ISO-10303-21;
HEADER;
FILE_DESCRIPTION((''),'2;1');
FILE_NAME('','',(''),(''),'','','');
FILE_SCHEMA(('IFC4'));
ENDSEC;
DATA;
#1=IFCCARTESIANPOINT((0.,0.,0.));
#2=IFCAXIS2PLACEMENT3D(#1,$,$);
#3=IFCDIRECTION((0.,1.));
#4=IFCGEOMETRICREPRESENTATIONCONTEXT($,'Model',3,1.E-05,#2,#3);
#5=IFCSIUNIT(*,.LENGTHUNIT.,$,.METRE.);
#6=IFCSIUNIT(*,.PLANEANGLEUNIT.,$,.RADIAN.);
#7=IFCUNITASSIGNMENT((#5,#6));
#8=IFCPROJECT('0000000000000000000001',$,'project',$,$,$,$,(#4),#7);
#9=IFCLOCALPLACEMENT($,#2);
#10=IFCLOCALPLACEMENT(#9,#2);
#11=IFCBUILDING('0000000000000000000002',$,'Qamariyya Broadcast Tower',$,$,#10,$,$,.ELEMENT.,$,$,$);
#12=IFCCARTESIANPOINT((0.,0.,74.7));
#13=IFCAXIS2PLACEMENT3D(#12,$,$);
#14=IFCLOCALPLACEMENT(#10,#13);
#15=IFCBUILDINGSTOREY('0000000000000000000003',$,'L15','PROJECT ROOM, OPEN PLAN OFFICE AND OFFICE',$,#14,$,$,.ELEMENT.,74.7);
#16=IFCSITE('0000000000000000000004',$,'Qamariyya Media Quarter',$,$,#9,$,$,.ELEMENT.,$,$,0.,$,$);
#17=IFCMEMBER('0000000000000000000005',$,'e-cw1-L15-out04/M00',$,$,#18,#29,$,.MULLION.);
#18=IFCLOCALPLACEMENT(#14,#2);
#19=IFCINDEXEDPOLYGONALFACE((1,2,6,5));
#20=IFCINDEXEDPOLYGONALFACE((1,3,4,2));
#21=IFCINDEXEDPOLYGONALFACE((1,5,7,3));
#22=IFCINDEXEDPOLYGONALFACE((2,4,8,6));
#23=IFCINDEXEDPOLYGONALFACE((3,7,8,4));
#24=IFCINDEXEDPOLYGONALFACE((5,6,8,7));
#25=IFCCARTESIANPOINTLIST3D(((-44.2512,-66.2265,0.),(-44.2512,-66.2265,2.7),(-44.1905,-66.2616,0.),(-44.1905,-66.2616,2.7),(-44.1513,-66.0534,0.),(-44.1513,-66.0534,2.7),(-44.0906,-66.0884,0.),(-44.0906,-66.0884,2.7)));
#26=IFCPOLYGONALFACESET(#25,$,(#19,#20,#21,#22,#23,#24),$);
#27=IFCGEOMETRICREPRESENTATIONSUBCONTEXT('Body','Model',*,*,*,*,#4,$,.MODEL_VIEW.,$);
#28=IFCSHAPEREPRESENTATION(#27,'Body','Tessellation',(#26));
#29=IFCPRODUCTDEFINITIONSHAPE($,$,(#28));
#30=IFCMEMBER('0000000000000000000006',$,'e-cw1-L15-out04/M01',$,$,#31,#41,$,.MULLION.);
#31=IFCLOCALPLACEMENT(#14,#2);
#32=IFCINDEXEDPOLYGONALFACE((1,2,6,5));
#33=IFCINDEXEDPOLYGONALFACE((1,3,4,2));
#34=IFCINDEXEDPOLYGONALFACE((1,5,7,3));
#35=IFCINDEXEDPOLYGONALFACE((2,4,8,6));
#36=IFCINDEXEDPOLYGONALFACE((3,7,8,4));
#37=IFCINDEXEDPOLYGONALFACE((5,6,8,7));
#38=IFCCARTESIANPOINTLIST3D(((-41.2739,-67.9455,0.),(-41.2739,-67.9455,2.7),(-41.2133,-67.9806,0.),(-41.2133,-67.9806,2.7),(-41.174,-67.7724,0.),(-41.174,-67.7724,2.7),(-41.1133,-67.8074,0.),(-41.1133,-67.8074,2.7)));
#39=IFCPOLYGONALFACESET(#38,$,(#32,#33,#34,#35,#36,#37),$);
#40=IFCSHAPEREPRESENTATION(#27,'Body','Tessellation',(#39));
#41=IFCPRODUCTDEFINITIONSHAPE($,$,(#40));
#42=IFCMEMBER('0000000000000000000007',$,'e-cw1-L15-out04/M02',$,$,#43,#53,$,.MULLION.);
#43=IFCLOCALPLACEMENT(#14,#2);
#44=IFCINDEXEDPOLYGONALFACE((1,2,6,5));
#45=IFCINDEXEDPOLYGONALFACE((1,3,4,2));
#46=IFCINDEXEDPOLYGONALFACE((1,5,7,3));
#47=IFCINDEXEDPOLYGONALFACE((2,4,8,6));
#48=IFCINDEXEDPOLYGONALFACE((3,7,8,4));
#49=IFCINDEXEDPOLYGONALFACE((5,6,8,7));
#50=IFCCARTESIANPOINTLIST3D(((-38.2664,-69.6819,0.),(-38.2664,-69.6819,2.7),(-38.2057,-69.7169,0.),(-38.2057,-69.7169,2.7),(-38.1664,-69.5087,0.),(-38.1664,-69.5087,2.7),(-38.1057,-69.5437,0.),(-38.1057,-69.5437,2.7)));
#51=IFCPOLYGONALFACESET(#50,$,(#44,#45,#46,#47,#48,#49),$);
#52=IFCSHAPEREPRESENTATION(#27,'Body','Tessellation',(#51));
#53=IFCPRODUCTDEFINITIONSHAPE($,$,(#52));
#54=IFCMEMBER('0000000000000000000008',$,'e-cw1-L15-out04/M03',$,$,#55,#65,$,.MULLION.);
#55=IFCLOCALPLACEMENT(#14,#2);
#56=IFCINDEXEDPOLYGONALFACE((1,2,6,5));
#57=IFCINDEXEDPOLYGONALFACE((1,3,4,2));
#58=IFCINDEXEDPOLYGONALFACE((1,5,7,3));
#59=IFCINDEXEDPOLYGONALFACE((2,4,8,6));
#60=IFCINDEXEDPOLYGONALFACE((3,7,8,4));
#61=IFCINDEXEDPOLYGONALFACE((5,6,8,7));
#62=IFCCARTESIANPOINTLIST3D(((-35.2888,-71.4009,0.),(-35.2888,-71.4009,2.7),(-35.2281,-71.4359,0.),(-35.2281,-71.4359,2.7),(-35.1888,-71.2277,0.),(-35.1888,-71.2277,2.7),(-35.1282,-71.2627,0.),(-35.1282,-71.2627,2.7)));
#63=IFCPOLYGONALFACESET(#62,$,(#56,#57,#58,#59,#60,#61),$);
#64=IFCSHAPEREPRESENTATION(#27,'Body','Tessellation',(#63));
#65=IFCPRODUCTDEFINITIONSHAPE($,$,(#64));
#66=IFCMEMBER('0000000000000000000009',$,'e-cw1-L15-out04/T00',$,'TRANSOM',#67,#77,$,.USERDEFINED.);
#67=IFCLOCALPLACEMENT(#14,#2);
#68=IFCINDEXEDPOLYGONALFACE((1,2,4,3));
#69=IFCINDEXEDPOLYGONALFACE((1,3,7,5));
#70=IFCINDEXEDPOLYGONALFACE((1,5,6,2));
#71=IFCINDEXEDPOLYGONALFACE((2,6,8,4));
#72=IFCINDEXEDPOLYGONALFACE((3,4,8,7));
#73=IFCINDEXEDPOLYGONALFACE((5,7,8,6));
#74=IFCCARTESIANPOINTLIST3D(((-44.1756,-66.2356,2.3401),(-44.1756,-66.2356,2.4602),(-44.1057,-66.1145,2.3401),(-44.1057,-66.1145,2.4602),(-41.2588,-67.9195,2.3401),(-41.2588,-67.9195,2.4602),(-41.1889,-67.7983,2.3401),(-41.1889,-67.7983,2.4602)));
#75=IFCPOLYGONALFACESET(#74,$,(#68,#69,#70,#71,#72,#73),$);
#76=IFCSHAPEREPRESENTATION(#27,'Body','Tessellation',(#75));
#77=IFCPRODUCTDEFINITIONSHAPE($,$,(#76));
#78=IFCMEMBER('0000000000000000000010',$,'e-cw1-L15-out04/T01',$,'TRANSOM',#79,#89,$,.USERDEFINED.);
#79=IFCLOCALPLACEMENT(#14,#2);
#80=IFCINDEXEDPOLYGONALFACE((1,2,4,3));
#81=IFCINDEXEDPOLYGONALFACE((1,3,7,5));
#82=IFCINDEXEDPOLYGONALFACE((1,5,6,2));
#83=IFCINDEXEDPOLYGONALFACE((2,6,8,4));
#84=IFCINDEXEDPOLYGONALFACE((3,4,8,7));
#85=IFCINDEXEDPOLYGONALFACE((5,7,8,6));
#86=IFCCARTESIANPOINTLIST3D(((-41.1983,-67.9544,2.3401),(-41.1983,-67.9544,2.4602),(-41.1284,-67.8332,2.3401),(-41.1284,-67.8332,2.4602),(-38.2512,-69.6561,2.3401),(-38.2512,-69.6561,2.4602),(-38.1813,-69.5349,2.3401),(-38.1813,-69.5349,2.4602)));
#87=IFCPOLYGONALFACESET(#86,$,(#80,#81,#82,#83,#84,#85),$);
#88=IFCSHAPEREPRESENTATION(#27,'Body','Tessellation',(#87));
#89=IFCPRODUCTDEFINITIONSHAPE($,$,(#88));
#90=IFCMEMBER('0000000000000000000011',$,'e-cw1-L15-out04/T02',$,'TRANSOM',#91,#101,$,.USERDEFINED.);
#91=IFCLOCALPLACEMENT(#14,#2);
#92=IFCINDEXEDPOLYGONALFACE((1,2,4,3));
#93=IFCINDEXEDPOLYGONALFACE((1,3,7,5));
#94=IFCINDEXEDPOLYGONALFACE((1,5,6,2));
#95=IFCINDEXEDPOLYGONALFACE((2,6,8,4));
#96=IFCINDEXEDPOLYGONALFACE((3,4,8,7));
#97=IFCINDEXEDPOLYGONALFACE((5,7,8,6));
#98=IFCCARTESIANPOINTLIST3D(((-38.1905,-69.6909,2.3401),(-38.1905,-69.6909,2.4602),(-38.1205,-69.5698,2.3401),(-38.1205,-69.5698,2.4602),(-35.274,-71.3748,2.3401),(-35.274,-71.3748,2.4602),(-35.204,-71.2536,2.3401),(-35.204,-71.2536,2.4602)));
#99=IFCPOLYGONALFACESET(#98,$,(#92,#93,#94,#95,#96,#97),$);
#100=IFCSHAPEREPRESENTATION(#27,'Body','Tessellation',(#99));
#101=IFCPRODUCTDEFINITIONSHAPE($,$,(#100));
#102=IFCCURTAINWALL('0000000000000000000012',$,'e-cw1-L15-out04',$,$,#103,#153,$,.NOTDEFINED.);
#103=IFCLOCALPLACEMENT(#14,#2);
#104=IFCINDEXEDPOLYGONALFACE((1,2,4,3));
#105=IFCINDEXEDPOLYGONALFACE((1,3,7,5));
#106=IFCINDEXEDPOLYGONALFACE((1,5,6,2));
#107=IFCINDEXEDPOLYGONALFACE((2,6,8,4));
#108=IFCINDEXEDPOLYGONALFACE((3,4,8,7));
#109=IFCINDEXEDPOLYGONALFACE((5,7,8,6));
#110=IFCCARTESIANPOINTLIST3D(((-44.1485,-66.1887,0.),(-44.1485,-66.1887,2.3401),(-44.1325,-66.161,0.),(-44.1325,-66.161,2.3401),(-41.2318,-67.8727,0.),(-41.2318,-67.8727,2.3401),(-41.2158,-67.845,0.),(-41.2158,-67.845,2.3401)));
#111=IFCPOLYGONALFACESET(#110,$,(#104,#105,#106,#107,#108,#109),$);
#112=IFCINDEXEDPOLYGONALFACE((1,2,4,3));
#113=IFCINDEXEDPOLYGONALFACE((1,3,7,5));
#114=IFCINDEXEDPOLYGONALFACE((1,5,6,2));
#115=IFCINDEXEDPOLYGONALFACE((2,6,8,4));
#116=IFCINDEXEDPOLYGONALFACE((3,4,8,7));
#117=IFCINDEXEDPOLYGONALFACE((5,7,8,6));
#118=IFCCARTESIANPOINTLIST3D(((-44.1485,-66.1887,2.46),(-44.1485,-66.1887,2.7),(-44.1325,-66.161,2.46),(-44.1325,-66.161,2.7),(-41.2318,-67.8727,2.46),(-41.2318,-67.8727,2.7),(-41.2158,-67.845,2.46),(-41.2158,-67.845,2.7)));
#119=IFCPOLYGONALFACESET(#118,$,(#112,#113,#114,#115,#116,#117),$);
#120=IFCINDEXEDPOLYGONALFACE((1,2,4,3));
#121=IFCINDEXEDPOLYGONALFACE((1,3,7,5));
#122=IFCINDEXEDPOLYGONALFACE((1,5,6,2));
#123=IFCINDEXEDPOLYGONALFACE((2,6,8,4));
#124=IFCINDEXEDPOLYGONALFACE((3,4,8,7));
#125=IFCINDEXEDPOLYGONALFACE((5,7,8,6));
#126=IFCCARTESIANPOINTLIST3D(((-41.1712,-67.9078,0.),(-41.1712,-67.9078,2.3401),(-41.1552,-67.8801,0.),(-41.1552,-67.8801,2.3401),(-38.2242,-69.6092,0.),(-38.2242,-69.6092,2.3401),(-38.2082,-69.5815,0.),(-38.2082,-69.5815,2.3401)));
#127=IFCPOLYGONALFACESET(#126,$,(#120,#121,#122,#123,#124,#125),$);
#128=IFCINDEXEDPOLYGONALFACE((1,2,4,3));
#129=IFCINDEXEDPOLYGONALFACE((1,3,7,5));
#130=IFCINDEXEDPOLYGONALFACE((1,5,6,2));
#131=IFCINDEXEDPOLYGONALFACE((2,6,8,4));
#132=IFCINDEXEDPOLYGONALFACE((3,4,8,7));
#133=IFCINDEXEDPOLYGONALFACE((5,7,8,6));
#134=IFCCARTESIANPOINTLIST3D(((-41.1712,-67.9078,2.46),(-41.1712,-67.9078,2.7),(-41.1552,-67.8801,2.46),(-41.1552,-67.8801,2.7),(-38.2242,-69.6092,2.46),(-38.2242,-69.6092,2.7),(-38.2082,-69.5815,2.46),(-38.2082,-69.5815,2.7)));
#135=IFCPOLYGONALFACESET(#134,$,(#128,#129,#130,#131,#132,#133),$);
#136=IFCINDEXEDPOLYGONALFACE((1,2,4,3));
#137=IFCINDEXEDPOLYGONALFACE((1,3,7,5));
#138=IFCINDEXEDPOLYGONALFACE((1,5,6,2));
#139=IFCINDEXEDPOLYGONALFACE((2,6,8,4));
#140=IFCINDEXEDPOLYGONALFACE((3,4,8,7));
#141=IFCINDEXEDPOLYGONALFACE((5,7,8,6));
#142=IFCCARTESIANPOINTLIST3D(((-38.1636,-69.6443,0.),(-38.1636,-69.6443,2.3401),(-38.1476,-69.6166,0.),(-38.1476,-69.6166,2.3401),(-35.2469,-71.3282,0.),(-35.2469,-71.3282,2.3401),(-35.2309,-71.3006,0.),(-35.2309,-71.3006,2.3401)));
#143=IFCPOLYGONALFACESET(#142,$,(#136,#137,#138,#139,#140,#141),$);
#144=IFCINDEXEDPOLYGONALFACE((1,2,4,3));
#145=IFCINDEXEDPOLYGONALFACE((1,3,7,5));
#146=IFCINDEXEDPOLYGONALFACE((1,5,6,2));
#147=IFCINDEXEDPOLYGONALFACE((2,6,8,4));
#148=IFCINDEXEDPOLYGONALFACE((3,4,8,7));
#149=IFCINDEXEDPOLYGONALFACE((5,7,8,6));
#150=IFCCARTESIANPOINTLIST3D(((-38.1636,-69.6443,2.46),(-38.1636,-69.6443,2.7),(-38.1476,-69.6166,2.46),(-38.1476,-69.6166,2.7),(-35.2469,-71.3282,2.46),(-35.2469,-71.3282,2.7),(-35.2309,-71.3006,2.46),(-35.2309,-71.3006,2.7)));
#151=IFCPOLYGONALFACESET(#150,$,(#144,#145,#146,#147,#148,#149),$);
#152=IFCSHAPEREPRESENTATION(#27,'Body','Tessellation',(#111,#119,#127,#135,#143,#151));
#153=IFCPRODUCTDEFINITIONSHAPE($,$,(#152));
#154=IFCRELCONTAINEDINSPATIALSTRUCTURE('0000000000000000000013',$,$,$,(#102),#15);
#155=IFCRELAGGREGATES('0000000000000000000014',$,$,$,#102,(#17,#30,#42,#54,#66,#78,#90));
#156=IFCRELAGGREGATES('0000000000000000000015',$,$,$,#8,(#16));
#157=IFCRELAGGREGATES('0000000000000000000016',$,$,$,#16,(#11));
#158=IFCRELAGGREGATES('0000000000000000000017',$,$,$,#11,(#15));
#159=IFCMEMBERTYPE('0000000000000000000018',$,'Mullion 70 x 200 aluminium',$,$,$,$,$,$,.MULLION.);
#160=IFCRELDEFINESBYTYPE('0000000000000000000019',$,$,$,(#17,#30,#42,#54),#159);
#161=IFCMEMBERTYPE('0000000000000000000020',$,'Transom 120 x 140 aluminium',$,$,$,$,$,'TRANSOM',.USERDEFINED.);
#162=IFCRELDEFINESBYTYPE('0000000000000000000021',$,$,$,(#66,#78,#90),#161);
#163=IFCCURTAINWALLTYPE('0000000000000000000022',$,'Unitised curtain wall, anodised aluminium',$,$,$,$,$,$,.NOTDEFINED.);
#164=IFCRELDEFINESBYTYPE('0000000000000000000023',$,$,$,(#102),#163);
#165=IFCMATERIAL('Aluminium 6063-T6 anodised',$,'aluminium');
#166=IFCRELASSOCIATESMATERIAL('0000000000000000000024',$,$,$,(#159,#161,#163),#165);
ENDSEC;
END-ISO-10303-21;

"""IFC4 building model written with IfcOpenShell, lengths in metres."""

from ifc_helpers import new_model, si_unit, direction, frame, origin, origin_2d, place, context, subcontext, project, spatial, rectangle, extrude, material, material_profile, profile_set, type_object, element, aggregate, save


model = new_model("IFC4")

# Units and contexts
model_context = context("Model", 3, precision=1e-05, world=origin(), true_north=direction((0.0, 1.0)))
body_context = subcontext(model_context, "Body", "Model", "MODEL_VIEW")
ifc_project = project(units=[si_unit("LENGTHUNIT", "METRE"), si_unit("PLANEANGLEUNIT", "RADIAN")], contexts=[model_context])

# Members
ifc_material = material(Name="Aluminium 6063-T6 anodised", Category="aluminium")
ifc_material_profile_1 = material_profile(ifc_material, rectangle(XDim=0.2, YDim=0.0701, at=origin_2d()))
ifc_profile_set_1 = profile_set([ifc_material_profile_1], Name="Aluminium 6063-T6 anodised")
member_type_1 = type_object("IfcMemberType", Name="Mullion 70 x 200 aluminium", PredefinedType="MULLION", material=ifc_profile_set_1)
site_placement = place(None, origin())
building_placement = place(site_placement, origin())
storey_placement = place(building_placement, frame((0.0, 0.0, 74.7)))
member_1_placement = place(storey_placement, frame((-44.1709, -66.1575, 0.0), z_axis=(0.0, 0.0, 1.0), x_axis=(0.5, 0.866025, 0.0)))
member_1 = element("IfcMember", 1, at=member_1_placement, type_object=member_type_1, Name="e-cw1-L15-out04/M00", PredefinedType="MULLION", context=body_context, shape_type="SweptSolid", body=[
    extrude(rectangle(XDim=0.2, YDim=0.0701, at=origin_2d()), origin(), (0.0, 0.0, 1.0), 2.7),
])
member_2_placement = place(storey_placement, frame((-41.1936, -67.8765, 0.0), z_axis=(0.0, 0.0, 1.0), x_axis=(0.5, 0.866025, 0.0)))
member_2 = element("IfcMember", 2, at=member_2_placement, type_object=member_type_1, Name="e-cw1-L15-out04/M01", PredefinedType="MULLION", context=body_context, shape_type="SweptSolid", body=[
    extrude(rectangle(XDim=0.2, YDim=0.0701, at=origin_2d()), origin(), (0.0, 0.0, 1.0), 2.7),
])
member_3_placement = place(storey_placement, frame((-38.186, -69.6128, 0.0), z_axis=(0.0, 0.0, 1.0), x_axis=(0.5, 0.866025, 0.0)))
member_3 = element("IfcMember", 3, at=member_3_placement, type_object=member_type_1, Name="e-cw1-L15-out04/M02", PredefinedType="MULLION", context=body_context, shape_type="SweptSolid", body=[
    extrude(rectangle(XDim=0.2, YDim=0.0701, at=origin_2d()), origin(), (0.0, 0.0, 1.0), 2.7),
])
member_4_placement = place(storey_placement, frame((-35.2085, -71.3318, 0.0), z_axis=(0.0, 0.0, 1.0), x_axis=(0.5, 0.866025, 0.0)))
member_4 = element("IfcMember", 4, at=member_4_placement, type_object=member_type_1, Name="e-cw1-L15-out04/M03", PredefinedType="MULLION", context=body_context, shape_type="SweptSolid", body=[
    extrude(rectangle(XDim=0.2, YDim=0.0701, at=origin_2d()), origin(), (0.0, 0.0, 1.0), 2.7),
])
ifc_material_profile_2 = material_profile(ifc_material, rectangle(XDim=0.1399, YDim=0.1201, at=origin_2d()))
ifc_profile_set_2 = profile_set([ifc_material_profile_2], Name="Aluminium 6063-T6 anodised")
member_type_2 = type_object("IfcMemberType", Name="Transom 120 x 140 aluminium", ElementType="TRANSOM", PredefinedType="USERDEFINED", material=ifc_profile_set_2)
member_5_placement = place(storey_placement, frame((-44.1406, -66.175, 2.4001), z_axis=(0.866044, -0.499967, 0.0), x_axis=(0.499967, 0.866044, 0.0)))
member_5 = element("IfcMember", 5, at=member_5_placement, type_object=member_type_2, Name="e-cw1-L15-out04/T00", ObjectType="TRANSOM", PredefinedType="USERDEFINED", context=body_context, shape_type="SweptSolid", body=[
    extrude(rectangle(XDim=0.1399, YDim=0.1201, at=origin_2d()), origin(), (0.0, 0.0, 1.0), 3.3679),
])
member_6_placement = place(storey_placement, frame((-41.1633, -67.8938, 2.4001), z_axis=(0.866, -0.500043, 0.0), x_axis=(0.500043, 0.866, 0.0)))
member_6 = element("IfcMember", 6, at=member_6_placement, type_object=member_type_2, Name="e-cw1-L15-out04/T01", ObjectType="TRANSOM", PredefinedType="USERDEFINED", context=body_context, shape_type="SweptSolid", body=[
    extrude(rectangle(XDim=0.1399, YDim=0.1201, at=origin_2d()), origin(), (0.0, 0.0, 1.0), 3.4031),
])
member_7_placement = place(storey_placement, frame((-38.1555, -69.6304, 2.4001), z_axis=(0.866026, -0.499999, 0.0), x_axis=(0.499999, 0.866026, 0.0)))
member_7 = element("IfcMember", 7, at=member_7_placement, type_object=member_type_2, Name="e-cw1-L15-out04/T02", ObjectType="TRANSOM", PredefinedType="USERDEFINED", context=body_context, shape_type="SweptSolid", body=[
    extrude(rectangle(XDim=0.1399, YDim=0.1201, at=origin_2d()), origin(), (0.0, 0.0, 1.0), 3.3677),
])

# Site, building, storey
site = spatial("IfcSite", under=ifc_project, at=site_placement, Name="Qamariyya Media Quarter", CompositionType="ELEMENT", RefElevation=0.0)
building = spatial("IfcBuilding", under=site, at=building_placement, Name="Qamariyya Broadcast Tower", CompositionType="ELEMENT")
storey = spatial("IfcBuildingStorey", under=building, at=storey_placement, Name="L15", Description="PROJECT ROOM, OPEN PLAN OFFICE AND OFFICE", CompositionType="ELEMENT", Elevation=74.7)

# Curtain wall
curtain_wall_type = type_object("IfcCurtainWallType", Name="Unitised curtain wall, anodised aluminium", PredefinedType="NOTDEFINED", material=ifc_material)
curtain_wall_1_placement = place(storey_placement, origin())
curtain_wall_1 = element("IfcCurtainWall", 8, at=curtain_wall_1_placement, inside=storey, type_object=curtain_wall_type, Name="e-cw1-L15-out04", PredefinedType="NOTDEFINED", context=body_context, shape_type="SweptSolid", body=[
    extrude(rectangle(XDim=3.3679, YDim=0.032, at=origin_2d()), frame((-42.6821, -67.0168, 0.0), x_axis=(0.866022, -0.500005, 0.0)), (0.0, 0.0, 1.0), 2.3401),
    extrude(rectangle(XDim=3.3679, YDim=0.032, at=origin_2d()), frame((-42.6821, -67.0168, 2.46), x_axis=(0.866022, -0.500005, 0.0)), (0.0, 0.0, 1.0), 0.24),
    extrude(rectangle(XDim=3.4028, YDim=0.032, at=origin_2d()), frame((-39.6897, -68.7446, 0.0), x_axis=(0.866022, -0.500005, 0.0)), (0.0, 0.0, 1.0), 2.3401),
    extrude(rectangle(XDim=3.4028, YDim=0.032, at=origin_2d()), frame((-39.6897, -68.7446, 2.46), x_axis=(0.866022, -0.500005, 0.0)), (0.0, 0.0, 1.0), 0.24),
    extrude(rectangle(XDim=3.3679, YDim=0.032, at=origin_2d()), frame((-36.6973, -70.4724, 0.0), x_axis=(0.866022, -0.500005, 0.0)), (0.0, 0.0, 1.0), 2.3401),
    extrude(rectangle(XDim=3.3679, YDim=0.032, at=origin_2d()), frame((-36.6973, -70.4724, 2.46), x_axis=(0.866022, -0.500005, 0.0)), (0.0, 0.0, 1.0), 0.24),
])
aggregate(curtain_wall_1, [member_1, member_2, member_3, member_4, member_5, member_6, member_7])

save(model, "model.ifc")
